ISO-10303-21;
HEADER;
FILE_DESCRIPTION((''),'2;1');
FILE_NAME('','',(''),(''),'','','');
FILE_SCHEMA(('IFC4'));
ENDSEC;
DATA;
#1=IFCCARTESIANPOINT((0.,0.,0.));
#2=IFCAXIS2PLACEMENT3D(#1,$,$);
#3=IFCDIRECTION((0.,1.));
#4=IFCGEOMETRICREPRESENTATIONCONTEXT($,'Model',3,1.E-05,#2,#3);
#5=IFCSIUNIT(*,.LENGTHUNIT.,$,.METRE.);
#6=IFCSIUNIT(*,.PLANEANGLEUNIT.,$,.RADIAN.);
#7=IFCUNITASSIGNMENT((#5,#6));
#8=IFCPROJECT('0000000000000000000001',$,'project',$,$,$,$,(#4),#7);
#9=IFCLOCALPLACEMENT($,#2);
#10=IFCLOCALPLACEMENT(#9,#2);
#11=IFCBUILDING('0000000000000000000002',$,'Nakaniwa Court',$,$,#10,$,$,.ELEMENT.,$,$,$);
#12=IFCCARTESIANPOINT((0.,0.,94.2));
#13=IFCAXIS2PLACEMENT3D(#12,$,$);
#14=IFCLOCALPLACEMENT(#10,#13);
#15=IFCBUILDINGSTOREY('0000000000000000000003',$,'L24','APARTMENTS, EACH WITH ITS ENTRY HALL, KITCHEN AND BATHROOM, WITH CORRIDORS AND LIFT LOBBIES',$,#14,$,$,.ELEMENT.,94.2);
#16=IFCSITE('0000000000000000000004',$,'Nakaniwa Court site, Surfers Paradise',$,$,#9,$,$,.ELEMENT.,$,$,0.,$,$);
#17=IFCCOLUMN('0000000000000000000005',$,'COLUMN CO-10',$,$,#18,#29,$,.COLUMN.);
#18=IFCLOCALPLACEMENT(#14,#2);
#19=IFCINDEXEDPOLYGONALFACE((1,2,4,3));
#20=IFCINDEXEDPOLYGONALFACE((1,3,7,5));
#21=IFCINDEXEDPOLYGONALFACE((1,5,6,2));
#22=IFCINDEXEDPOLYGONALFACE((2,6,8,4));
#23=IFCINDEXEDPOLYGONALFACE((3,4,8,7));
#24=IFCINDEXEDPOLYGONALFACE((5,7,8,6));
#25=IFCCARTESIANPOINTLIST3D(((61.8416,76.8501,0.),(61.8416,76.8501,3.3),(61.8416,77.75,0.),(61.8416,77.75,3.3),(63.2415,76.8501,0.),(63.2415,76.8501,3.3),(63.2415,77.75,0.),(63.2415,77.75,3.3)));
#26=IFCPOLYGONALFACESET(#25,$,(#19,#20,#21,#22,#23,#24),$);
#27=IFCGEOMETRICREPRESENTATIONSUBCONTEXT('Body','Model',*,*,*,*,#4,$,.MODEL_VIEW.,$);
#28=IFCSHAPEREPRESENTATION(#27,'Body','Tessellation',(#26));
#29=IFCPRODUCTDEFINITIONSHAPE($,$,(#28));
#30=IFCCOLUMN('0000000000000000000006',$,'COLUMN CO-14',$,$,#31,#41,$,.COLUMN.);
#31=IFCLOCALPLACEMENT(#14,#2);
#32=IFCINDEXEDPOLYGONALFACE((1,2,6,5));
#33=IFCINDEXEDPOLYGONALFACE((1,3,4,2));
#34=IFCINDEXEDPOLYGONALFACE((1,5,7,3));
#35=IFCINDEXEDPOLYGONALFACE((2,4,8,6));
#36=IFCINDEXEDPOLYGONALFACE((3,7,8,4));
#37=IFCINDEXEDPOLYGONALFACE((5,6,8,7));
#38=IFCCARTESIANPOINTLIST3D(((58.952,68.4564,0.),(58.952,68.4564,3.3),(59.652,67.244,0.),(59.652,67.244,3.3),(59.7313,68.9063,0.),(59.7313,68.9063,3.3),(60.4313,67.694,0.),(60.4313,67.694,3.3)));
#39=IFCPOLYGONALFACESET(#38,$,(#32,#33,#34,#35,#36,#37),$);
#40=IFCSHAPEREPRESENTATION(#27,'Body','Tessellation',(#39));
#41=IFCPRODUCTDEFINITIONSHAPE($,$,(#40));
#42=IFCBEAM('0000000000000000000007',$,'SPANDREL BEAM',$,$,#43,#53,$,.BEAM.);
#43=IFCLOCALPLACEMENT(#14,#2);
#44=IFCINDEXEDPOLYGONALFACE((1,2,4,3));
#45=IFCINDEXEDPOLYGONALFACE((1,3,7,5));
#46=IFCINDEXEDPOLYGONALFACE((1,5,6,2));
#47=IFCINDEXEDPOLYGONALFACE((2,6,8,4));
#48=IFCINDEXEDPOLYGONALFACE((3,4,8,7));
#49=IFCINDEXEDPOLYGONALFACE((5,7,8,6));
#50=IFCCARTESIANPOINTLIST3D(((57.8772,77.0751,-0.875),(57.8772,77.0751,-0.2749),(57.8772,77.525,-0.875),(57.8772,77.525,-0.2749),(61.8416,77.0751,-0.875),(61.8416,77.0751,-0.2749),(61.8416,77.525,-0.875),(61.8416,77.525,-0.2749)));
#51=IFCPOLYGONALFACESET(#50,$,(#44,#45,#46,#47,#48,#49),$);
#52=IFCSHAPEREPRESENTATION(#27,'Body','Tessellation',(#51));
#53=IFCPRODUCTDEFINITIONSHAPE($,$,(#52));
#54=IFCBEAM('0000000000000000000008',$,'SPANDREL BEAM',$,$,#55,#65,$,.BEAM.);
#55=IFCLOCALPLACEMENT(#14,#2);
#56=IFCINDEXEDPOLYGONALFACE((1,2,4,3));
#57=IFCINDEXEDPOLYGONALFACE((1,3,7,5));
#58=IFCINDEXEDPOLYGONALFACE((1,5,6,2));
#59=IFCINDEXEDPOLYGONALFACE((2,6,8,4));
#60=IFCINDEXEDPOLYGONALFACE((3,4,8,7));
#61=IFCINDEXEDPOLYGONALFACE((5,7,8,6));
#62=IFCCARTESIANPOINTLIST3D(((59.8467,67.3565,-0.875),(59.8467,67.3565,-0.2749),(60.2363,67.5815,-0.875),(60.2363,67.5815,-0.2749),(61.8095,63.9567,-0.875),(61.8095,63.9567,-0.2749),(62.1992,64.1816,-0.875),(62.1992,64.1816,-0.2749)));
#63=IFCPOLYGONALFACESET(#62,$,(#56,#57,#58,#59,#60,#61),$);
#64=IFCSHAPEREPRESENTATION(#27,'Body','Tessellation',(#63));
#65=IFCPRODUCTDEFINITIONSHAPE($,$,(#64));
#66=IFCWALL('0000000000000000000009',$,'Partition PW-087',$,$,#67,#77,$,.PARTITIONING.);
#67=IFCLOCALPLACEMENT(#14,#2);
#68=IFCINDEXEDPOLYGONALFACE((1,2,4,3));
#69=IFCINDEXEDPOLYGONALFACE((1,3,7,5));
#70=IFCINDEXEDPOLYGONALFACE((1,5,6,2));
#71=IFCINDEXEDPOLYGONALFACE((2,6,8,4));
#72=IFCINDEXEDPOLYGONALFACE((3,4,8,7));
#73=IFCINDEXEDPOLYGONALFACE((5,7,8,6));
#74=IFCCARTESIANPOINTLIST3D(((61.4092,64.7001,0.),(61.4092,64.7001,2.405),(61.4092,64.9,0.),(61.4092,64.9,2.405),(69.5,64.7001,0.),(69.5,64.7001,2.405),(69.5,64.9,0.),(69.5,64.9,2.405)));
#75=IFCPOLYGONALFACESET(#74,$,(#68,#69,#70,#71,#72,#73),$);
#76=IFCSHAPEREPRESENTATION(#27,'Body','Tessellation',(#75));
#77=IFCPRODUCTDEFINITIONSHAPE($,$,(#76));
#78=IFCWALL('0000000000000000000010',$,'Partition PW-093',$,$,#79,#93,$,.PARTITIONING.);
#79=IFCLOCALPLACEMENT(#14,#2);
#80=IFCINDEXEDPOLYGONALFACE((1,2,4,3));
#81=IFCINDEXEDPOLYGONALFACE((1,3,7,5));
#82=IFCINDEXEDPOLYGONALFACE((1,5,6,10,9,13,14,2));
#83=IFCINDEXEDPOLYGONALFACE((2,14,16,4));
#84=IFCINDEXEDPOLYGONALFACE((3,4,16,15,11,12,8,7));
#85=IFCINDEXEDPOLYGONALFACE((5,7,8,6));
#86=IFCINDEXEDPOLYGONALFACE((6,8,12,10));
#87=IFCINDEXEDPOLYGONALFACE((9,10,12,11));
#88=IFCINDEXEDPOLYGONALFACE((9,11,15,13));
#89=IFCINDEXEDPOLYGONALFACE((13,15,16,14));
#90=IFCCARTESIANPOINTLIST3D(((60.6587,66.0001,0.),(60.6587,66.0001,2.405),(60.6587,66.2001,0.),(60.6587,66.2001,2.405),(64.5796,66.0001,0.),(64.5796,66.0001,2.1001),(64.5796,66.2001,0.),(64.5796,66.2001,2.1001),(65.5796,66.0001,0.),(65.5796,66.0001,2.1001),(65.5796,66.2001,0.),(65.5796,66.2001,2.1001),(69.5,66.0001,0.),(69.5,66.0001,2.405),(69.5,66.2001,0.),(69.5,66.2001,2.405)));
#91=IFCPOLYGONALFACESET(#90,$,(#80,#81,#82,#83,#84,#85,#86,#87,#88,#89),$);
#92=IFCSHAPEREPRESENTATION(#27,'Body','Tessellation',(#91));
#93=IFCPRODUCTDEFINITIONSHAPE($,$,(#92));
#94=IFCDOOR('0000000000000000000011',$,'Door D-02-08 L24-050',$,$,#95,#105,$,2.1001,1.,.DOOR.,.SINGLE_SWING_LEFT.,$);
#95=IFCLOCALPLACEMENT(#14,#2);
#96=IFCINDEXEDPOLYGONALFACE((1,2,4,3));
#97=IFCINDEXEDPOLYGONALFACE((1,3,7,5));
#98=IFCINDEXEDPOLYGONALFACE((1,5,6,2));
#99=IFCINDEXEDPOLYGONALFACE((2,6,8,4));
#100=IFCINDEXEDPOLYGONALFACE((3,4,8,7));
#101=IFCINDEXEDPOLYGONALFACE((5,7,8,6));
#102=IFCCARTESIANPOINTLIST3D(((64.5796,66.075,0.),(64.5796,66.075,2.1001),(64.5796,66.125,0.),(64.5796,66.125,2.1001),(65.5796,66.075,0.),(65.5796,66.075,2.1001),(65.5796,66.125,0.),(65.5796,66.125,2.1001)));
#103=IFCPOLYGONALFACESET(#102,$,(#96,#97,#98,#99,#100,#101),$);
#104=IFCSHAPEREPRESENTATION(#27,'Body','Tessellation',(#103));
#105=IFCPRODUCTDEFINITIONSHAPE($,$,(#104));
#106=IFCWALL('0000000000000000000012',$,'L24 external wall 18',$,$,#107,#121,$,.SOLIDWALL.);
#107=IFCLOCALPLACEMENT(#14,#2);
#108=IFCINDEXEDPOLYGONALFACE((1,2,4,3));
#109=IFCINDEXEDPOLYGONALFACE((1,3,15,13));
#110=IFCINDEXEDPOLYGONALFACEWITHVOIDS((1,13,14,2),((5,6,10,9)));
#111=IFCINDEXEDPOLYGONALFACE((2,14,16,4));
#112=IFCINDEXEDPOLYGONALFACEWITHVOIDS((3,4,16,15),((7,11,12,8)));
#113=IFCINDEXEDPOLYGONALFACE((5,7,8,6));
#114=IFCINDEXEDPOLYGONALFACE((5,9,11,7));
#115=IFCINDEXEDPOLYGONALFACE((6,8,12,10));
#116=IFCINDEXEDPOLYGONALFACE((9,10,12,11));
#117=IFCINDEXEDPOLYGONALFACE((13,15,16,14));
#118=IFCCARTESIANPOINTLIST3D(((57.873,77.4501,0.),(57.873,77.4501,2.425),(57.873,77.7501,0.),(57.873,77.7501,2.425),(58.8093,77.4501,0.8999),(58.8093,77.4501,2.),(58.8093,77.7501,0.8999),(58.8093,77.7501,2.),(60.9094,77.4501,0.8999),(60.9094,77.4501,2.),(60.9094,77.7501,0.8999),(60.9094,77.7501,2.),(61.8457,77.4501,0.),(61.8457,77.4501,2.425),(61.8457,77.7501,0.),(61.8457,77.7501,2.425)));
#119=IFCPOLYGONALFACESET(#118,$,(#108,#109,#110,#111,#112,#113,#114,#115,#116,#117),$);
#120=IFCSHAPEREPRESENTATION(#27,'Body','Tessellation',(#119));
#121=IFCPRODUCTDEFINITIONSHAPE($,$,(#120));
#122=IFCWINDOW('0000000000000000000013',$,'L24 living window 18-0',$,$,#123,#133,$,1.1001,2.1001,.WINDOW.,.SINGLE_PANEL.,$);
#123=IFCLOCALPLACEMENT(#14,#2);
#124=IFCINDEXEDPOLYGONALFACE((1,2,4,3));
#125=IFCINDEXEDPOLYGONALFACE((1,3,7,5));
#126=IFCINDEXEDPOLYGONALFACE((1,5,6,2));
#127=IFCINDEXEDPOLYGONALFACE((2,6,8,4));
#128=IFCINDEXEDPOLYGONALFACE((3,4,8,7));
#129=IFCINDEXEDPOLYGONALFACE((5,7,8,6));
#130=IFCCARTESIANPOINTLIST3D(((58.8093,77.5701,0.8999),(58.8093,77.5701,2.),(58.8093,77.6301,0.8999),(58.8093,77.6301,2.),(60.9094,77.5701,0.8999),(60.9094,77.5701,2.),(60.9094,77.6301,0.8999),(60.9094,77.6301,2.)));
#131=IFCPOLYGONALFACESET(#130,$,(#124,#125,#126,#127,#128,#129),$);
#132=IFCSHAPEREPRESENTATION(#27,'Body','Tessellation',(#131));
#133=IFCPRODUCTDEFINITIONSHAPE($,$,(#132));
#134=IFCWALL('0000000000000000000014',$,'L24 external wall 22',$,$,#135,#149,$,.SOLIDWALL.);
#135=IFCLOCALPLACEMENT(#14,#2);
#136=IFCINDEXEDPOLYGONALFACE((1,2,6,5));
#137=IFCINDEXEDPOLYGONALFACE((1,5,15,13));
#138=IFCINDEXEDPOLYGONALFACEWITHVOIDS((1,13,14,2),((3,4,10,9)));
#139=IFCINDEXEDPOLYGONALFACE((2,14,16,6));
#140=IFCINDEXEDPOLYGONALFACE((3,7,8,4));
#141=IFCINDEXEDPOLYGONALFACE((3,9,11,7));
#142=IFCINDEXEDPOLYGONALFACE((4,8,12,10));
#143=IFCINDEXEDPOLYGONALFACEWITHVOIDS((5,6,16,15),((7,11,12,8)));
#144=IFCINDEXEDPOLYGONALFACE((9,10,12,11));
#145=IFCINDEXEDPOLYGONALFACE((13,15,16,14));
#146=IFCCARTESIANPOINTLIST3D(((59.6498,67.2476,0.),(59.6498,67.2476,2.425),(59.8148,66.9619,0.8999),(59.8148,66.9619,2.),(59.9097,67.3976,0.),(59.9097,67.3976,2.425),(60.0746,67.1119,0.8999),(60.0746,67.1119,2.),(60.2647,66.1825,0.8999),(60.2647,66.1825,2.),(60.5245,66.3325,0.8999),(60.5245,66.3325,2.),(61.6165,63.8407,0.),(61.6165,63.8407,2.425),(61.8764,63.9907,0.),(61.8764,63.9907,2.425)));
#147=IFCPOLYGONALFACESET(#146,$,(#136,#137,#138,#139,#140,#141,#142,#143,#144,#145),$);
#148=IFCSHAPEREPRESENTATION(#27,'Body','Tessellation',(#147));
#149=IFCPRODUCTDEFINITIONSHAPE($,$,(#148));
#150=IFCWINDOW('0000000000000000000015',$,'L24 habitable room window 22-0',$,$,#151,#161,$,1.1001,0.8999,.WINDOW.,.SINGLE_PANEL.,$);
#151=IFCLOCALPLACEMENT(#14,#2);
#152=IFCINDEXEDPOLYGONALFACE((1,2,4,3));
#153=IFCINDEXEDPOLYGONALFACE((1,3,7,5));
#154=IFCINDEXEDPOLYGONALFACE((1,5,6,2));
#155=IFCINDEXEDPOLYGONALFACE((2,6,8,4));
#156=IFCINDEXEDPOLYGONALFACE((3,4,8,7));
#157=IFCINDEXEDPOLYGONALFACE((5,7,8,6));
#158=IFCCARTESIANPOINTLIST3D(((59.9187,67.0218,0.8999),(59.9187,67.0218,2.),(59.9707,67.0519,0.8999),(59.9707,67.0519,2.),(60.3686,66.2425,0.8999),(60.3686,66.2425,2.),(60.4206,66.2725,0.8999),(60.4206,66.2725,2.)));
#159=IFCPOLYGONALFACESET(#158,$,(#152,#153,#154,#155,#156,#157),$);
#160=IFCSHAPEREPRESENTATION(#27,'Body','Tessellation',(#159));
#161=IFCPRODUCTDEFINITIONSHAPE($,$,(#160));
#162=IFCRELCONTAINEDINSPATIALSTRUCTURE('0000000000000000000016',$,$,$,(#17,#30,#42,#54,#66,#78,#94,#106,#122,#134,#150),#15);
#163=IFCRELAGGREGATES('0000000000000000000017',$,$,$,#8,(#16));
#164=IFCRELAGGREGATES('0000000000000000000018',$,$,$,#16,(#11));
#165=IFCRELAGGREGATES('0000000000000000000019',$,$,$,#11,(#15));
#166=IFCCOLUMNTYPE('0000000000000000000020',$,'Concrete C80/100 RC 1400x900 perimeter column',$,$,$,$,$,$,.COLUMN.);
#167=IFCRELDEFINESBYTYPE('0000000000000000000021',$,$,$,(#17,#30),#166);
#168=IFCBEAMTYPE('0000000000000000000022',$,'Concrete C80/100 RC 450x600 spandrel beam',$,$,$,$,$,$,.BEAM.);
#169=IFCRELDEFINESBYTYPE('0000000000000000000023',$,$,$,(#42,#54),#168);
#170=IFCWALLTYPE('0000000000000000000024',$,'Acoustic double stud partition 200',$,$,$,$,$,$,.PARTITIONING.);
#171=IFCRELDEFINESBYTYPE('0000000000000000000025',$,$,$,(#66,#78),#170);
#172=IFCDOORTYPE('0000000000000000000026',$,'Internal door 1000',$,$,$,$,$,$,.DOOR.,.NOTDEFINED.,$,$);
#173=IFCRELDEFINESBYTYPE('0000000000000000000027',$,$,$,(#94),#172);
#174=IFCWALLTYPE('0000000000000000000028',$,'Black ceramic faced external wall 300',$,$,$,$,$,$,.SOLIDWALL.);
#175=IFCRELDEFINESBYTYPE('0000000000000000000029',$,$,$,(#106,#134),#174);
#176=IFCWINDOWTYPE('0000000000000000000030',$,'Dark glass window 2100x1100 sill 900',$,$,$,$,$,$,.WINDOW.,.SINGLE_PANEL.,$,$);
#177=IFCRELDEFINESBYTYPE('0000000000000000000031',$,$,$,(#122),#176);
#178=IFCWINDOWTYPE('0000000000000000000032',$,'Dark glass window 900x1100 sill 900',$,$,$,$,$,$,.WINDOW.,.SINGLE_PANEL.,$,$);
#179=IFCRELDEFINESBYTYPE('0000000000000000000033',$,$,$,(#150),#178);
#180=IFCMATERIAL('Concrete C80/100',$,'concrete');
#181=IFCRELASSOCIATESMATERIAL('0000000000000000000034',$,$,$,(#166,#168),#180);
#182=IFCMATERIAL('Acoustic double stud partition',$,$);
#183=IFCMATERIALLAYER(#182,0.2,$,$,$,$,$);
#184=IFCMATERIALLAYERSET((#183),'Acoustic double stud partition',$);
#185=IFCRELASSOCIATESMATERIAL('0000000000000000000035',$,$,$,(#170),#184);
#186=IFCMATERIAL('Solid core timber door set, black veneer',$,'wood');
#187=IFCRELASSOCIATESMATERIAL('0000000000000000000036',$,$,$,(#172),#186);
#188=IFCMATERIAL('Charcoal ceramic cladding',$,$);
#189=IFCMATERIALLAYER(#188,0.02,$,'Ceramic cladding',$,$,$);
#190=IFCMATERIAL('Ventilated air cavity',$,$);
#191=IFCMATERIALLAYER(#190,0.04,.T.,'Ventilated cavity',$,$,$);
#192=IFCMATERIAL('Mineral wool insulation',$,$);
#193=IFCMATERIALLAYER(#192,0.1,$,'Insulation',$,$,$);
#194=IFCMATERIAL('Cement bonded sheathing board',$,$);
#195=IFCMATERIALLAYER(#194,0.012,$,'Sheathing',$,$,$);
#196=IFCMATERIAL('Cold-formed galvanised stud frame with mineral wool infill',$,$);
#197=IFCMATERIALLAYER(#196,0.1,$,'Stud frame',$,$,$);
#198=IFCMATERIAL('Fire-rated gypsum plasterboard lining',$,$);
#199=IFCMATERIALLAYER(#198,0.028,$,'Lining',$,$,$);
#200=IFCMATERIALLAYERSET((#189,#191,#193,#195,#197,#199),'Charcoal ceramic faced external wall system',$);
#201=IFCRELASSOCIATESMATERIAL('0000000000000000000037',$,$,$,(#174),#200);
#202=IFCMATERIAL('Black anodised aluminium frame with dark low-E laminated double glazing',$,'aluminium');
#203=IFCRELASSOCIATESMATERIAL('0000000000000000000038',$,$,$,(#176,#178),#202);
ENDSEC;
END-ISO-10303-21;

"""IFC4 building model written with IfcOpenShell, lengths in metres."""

from ifc_helpers import new_model, si_unit, direction, frame, frame_2d, origin, origin_2d, place, context, subcontext, project, spatial, rectangle, extrude, material, layer, layer_set, material_profile, profile_set, type_object, element, fill, save


model = new_model("IFC4")

# Units and contexts
model_context = context("Model", 3, precision=1e-05, world=origin(), true_north=direction((0.0, 1.0)))
body_context = subcontext(model_context, "Body", "Model", "MODEL_VIEW")
ifc_project = project(units=[si_unit("LENGTHUNIT", "METRE"), si_unit("PLANEANGLEUNIT", "RADIAN")], contexts=[model_context])

# Site, building, storey
site_placement = place(None, origin())
site = spatial("IfcSite", under=ifc_project, at=site_placement, Name="Nakaniwa Court site, Surfers Paradise", CompositionType="ELEMENT", RefElevation=0.0)
building_placement = place(site_placement, origin())
building = spatial("IfcBuilding", under=site, at=building_placement, Name="Nakaniwa Court", CompositionType="ELEMENT")
storey_placement = place(building_placement, frame((0.0, 0.0, 94.2)))
storey = spatial("IfcBuildingStorey", under=building, at=storey_placement, Name="L24", Description="APARTMENTS, EACH WITH ITS ENTRY HALL, KITCHEN AND BATHROOM, WITH CORRIDORS AND LIFT LOBBIES", CompositionType="ELEMENT", Elevation=94.2)

# Columns
ifc_material_1 = material(Name="Concrete C80/100", Category="concrete")
ifc_material_profile_1 = material_profile(ifc_material_1, rectangle(XDim=1.3999, YDim=0.8999, at=origin_2d()), Name="Concrete C80/100 RC 1400x900 perimeter column")
ifc_profile_set_1 = profile_set([ifc_material_profile_1], Name="Concrete C80/100")
column_type = type_object("IfcColumnType", Name="Concrete C80/100 RC 1400x900 perimeter column", PredefinedType="COLUMN", material=ifc_profile_set_1)
for number, where, z_axis, x_axis, name in (
    (1, (62.5415, 77.3, 0.0), (0.0, 0.0, 1.0), (-1.0, 0.0, 0.0), "COLUMN CO-10"),
    (2, (59.6917, 68.0752, 0.0), (0.0, 0.0, 1.0), (0.5, -0.866025, 0.0), "COLUMN CO-14"),
):
    element("IfcColumn", number, at=place(storey_placement, frame(where, z_axis=z_axis, x_axis=x_axis)), inside=storey, type_object=column_type, Name=name, PredefinedType="COLUMN", context=body_context, shape_type="SweptSolid", body=[
        extrude(rectangle(XDim=1.3999, YDim=0.8999, at=origin_2d()), origin(), (0.0, 0.0, 1.0), 3.3),
    ])

# Beams
ifc_material_profile_2 = material_profile(ifc_material_1, rectangle(XDim=0.45, YDim=0.6001, at=origin_2d()), Name="Concrete C80/100 RC 450x600 spandrel beam")
ifc_profile_set_2 = profile_set([ifc_material_profile_2], Name="Concrete C80/100")
beam_type = type_object("IfcBeamType", Name="Concrete C80/100 RC 450x600 spandrel beam", PredefinedType="BEAM", material=ifc_profile_set_2)
beam_1_placement = place(storey_placement, frame((61.8416, 77.3, -0.575), z_axis=(-1.0, 0.0, 0.0), x_axis=(0.0, -1.0, 0.0)))
element("IfcBeam", 3, at=beam_1_placement, inside=storey, type_object=beam_type, Name="SPANDREL BEAM", PredefinedType="BEAM", context=body_context, shape_type="SweptSolid", body=[
    extrude(rectangle(XDim=0.45, YDim=0.6001, at=origin_2d()), origin(), (0.0, 0.0, 1.0), 3.9644),
])
beam_2_placement = place(storey_placement, frame((60.0415, 67.469, -0.575), z_axis=(0.499992, -0.86603, 0.0), x_axis=(0.86603, 0.499992, 0.0)))
element("IfcBeam", 4, at=beam_2_placement, inside=storey, type_object=beam_type, Name="SPANDREL BEAM", PredefinedType="BEAM", context=body_context, shape_type="SweptSolid", body=[
    extrude(rectangle(XDim=0.45, YDim=0.6001, at=origin_2d()), origin(), (0.0, 0.0, 1.0), 3.9258),
])

# Wall
ifc_material_2 = material(Name="Acoustic double stud partition")
ifc_layer_1 = layer(ifc_material_2, 0.2)
ifc_layer_set_1 = layer_set([ifc_layer_1], Name="Acoustic double stud partition")
wall_type_1 = type_object("IfcWallType", Name="Acoustic double stud partition 200", PredefinedType="PARTITIONING", material=ifc_layer_set_1)
wall_1_placement = place(storey_placement, frame((61.4092, 64.8, 0.0), z_axis=(0.0, 0.0, 1.0), x_axis=(1.0, 0.0, 0.0)))
element("IfcWall", 5, at=wall_1_placement, inside=storey, type_object=wall_type_1, Name="Partition PW-087", PredefinedType="PARTITIONING", context=body_context, shape_type="SweptSolid", body=[
    extrude(rectangle(XDim=8.0908, YDim=0.2, at=frame_2d((4.0454, 0.0))), origin(), (0.0, 0.0, 1.0), 2.405),
])

# Wall, opening, door
wall_2_placement = place(storey_placement, frame((60.6587, 66.1001, 0.0), z_axis=(0.0, 0.0, 1.0), x_axis=(1.0, 0.0, 0.0)))
wall_2 = element("IfcWall", 6, at=wall_2_placement, inside=storey, type_object=wall_type_1, Name="Partition PW-093", PredefinedType="PARTITIONING", context=body_context, shape_type="SweptSolid", body=[
    extrude(rectangle(XDim=8.8413, YDim=0.2, at=frame_2d((4.4207, 0.0))), origin(), (0.0, 0.0, 1.0), 2.405),
])
opening_1_placement = place(wall_2_placement, frame((3.9209, 0.0, 0.0)))
opening_1 = element("IfcOpeningElement", 7, at=opening_1_placement, cuts=wall_2, PredefinedType="OPENING", context=body_context, shape_type="SweptSolid", body=[
    extrude(rectangle(XDim=1.0, YDim=2.1001, at=frame_2d((0.5, 1.05))), frame((0.0, 0.1099, 0.0), z_axis=(0.0, -1.0, 0.0), x_axis=(1.0, 0.0, 0.0)), (0.0, 0.0, 1.0), 0.22),
])
ifc_material_3 = material(Name="Solid core timber door set, black veneer", Category="wood")
door_type_1 = type_object("IfcDoorType", Name="Internal door 1000", OperationType="NOTDEFINED", PredefinedType="DOOR", material=ifc_material_3)
door_1_placement = place(opening_1_placement, origin())
door_1 = element("IfcDoor", 8, at=door_1_placement, inside=storey, type_object=door_type_1, Name="Door D-02-08 L24-050", OperationType="SINGLE_SWING_LEFT", OverallHeight=2.1001, OverallWidth=1.0, PredefinedType="DOOR", context=body_context, shape_type="SweptSolid", body=[
    extrude(rectangle(XDim=1.0, YDim=2.1001, at=frame_2d((0.5, 1.05))), frame((0.0, 0.0249, 0.0), z_axis=(0.0, -1.0, 0.0), x_axis=(1.0, 0.0, 0.0)), (0.0, 0.0, 1.0), 0.05),
])
fill(opening_1, door_1)

# Walls, openings, windows
ifc_material_4 = material(Name="Charcoal ceramic cladding")
ifc_layer_2 = layer(ifc_material_4, 0.02, Name="Ceramic cladding")
ifc_material_5 = material(Name="Ventilated air cavity")
ifc_layer_3 = layer(ifc_material_5, 0.04, ventilated=True, Name="Ventilated cavity")
ifc_material_6 = material(Name="Mineral wool insulation")
ifc_layer_4 = layer(ifc_material_6, 0.1, Name="Insulation")
ifc_material_7 = material(Name="Cement bonded sheathing board")
ifc_layer_5 = layer(ifc_material_7, 0.012, Name="Sheathing")
ifc_material_8 = material(Name="Cold-formed galvanised stud frame with mineral wool infill")
ifc_layer_6 = layer(ifc_material_8, 0.1, Name="Stud frame")
ifc_material_9 = material(Name="Fire-rated gypsum plasterboard lining")
ifc_layer_7 = layer(ifc_material_9, 0.028, Name="Lining")
ifc_layer_set_2 = layer_set([ifc_layer_2, ifc_layer_3, ifc_layer_4, ifc_layer_5, ifc_layer_6, ifc_layer_7], Name="Charcoal ceramic faced external wall system")
wall_type_2 = type_object("IfcWallType", Name="Black ceramic faced external wall 300", PredefinedType="SOLIDWALL", material=ifc_layer_set_2)
wall_3_placement = place(storey_placement, frame((61.8457, 77.6001, 0.0), z_axis=(0.0, 0.0, 1.0), x_axis=(-1.0, 0.0, 0.0)))
wall_3 = element("IfcWall", 9, at=wall_3_placement, inside=storey, type_object=wall_type_2, Name="L24 external wall 18", PredefinedType="SOLIDWALL", context=body_context, shape_type="SweptSolid", body=[
    extrude(rectangle(XDim=3.9727, YDim=0.3, at=frame_2d((1.9863, 0.0))), origin(), (0.0, 0.0, 1.0), 2.425),
])
opening_2_placement = place(wall_3_placement, frame((0.9363, 0.0, 0.8999)))
opening_2 = element("IfcOpeningElement", 10, at=opening_2_placement, cuts=wall_3, PredefinedType="OPENING", context=body_context, shape_type="SweptSolid", body=[
    extrude(rectangle(XDim=2.1001, YDim=1.1001, at=frame_2d((1.05, 0.55))), frame((0.0, 0.1599, 0.0), z_axis=(0.0, -1.0, 0.0), x_axis=(1.0, 0.0, 0.0)), (0.0, 0.0, 1.0), 0.3201),
])
ifc_material_10 = material(Name="Black anodised aluminium frame with dark low-E laminated double glazing", Category="aluminium")
window_type_1 = type_object("IfcWindowType", Name="Dark glass window 2100x1100 sill 900", PartitioningType="SINGLE_PANEL", PredefinedType="WINDOW", material=ifc_material_10)
window_1_placement = place(opening_2_placement, origin())
window_1 = element("IfcWindow", 11, at=window_1_placement, inside=storey, type_object=window_type_1, Name="L24 living window 18-0", OverallHeight=1.1001, OverallWidth=2.1001, PartitioningType="SINGLE_PANEL", PredefinedType="WINDOW", context=body_context, shape_type="SweptSolid", body=[
    extrude(rectangle(XDim=2.1001, YDim=1.1001, at=frame_2d((1.05, 0.55))), frame((0.0, 0.03, 0.0), z_axis=(0.0, -1.0, 0.0), x_axis=(1.0, 0.0, 0.0)), (0.0, 0.0, 1.0), 0.0601),
])
fill(opening_2, window_1)
wall_4_placement = place(storey_placement, frame((59.7798, 67.3225, 0.0), z_axis=(0.0, 0.0, 1.0), x_axis=(0.499957, -0.86605, 0.0)))
wall_4 = element("IfcWall", 12, at=wall_4_placement, inside=storey, type_object=wall_type_2, Name="L24 external wall 22", PredefinedType="SOLIDWALL", context=body_context, shape_type="SweptSolid", body=[
    extrude(rectangle(XDim=3.9338, YDim=0.3, at=frame_2d((1.9668, 0.0))), origin(), (0.0, 0.0, 1.0), 2.425),
])
opening_3_placement = place(wall_4_placement, frame((0.3298, 0.0, 0.8999)))
opening_3 = element("IfcOpeningElement", 13, at=opening_3_placement, cuts=wall_4, PredefinedType="OPENING", context=body_context, shape_type="SweptSolid", body=[
    extrude(rectangle(XDim=0.8999, YDim=1.1001, at=frame_2d((0.45, 0.55))), frame((0.0, 0.1599, 0.0), z_axis=(0.0, -1.0, 0.0), x_axis=(1.0, 0.0, 0.0)), (0.0, 0.0, 1.0), 0.3201),
])
window_type_2 = type_object("IfcWindowType", Name="Dark glass window 900x1100 sill 900", PartitioningType="SINGLE_PANEL", PredefinedType="WINDOW", material=ifc_material_10)
window_2_placement = place(opening_3_placement, origin())
window_2 = element("IfcWindow", 14, at=window_2_placement, inside=storey, type_object=window_type_2, Name="L24 habitable room window 22-0", OverallHeight=1.1001, OverallWidth=0.8999, PartitioningType="SINGLE_PANEL", PredefinedType="WINDOW", context=body_context, shape_type="SweptSolid", body=[
    extrude(rectangle(XDim=0.8999, YDim=1.1001, at=frame_2d((0.45, 0.55))), frame((0.0, 0.03, 0.0), z_axis=(0.0, -1.0, 0.0), x_axis=(1.0, 0.0, 0.0)), (0.0, 0.0, 1.0), 0.0601),
])
fill(opening_3, window_2)

save(model, "model.ifc")
